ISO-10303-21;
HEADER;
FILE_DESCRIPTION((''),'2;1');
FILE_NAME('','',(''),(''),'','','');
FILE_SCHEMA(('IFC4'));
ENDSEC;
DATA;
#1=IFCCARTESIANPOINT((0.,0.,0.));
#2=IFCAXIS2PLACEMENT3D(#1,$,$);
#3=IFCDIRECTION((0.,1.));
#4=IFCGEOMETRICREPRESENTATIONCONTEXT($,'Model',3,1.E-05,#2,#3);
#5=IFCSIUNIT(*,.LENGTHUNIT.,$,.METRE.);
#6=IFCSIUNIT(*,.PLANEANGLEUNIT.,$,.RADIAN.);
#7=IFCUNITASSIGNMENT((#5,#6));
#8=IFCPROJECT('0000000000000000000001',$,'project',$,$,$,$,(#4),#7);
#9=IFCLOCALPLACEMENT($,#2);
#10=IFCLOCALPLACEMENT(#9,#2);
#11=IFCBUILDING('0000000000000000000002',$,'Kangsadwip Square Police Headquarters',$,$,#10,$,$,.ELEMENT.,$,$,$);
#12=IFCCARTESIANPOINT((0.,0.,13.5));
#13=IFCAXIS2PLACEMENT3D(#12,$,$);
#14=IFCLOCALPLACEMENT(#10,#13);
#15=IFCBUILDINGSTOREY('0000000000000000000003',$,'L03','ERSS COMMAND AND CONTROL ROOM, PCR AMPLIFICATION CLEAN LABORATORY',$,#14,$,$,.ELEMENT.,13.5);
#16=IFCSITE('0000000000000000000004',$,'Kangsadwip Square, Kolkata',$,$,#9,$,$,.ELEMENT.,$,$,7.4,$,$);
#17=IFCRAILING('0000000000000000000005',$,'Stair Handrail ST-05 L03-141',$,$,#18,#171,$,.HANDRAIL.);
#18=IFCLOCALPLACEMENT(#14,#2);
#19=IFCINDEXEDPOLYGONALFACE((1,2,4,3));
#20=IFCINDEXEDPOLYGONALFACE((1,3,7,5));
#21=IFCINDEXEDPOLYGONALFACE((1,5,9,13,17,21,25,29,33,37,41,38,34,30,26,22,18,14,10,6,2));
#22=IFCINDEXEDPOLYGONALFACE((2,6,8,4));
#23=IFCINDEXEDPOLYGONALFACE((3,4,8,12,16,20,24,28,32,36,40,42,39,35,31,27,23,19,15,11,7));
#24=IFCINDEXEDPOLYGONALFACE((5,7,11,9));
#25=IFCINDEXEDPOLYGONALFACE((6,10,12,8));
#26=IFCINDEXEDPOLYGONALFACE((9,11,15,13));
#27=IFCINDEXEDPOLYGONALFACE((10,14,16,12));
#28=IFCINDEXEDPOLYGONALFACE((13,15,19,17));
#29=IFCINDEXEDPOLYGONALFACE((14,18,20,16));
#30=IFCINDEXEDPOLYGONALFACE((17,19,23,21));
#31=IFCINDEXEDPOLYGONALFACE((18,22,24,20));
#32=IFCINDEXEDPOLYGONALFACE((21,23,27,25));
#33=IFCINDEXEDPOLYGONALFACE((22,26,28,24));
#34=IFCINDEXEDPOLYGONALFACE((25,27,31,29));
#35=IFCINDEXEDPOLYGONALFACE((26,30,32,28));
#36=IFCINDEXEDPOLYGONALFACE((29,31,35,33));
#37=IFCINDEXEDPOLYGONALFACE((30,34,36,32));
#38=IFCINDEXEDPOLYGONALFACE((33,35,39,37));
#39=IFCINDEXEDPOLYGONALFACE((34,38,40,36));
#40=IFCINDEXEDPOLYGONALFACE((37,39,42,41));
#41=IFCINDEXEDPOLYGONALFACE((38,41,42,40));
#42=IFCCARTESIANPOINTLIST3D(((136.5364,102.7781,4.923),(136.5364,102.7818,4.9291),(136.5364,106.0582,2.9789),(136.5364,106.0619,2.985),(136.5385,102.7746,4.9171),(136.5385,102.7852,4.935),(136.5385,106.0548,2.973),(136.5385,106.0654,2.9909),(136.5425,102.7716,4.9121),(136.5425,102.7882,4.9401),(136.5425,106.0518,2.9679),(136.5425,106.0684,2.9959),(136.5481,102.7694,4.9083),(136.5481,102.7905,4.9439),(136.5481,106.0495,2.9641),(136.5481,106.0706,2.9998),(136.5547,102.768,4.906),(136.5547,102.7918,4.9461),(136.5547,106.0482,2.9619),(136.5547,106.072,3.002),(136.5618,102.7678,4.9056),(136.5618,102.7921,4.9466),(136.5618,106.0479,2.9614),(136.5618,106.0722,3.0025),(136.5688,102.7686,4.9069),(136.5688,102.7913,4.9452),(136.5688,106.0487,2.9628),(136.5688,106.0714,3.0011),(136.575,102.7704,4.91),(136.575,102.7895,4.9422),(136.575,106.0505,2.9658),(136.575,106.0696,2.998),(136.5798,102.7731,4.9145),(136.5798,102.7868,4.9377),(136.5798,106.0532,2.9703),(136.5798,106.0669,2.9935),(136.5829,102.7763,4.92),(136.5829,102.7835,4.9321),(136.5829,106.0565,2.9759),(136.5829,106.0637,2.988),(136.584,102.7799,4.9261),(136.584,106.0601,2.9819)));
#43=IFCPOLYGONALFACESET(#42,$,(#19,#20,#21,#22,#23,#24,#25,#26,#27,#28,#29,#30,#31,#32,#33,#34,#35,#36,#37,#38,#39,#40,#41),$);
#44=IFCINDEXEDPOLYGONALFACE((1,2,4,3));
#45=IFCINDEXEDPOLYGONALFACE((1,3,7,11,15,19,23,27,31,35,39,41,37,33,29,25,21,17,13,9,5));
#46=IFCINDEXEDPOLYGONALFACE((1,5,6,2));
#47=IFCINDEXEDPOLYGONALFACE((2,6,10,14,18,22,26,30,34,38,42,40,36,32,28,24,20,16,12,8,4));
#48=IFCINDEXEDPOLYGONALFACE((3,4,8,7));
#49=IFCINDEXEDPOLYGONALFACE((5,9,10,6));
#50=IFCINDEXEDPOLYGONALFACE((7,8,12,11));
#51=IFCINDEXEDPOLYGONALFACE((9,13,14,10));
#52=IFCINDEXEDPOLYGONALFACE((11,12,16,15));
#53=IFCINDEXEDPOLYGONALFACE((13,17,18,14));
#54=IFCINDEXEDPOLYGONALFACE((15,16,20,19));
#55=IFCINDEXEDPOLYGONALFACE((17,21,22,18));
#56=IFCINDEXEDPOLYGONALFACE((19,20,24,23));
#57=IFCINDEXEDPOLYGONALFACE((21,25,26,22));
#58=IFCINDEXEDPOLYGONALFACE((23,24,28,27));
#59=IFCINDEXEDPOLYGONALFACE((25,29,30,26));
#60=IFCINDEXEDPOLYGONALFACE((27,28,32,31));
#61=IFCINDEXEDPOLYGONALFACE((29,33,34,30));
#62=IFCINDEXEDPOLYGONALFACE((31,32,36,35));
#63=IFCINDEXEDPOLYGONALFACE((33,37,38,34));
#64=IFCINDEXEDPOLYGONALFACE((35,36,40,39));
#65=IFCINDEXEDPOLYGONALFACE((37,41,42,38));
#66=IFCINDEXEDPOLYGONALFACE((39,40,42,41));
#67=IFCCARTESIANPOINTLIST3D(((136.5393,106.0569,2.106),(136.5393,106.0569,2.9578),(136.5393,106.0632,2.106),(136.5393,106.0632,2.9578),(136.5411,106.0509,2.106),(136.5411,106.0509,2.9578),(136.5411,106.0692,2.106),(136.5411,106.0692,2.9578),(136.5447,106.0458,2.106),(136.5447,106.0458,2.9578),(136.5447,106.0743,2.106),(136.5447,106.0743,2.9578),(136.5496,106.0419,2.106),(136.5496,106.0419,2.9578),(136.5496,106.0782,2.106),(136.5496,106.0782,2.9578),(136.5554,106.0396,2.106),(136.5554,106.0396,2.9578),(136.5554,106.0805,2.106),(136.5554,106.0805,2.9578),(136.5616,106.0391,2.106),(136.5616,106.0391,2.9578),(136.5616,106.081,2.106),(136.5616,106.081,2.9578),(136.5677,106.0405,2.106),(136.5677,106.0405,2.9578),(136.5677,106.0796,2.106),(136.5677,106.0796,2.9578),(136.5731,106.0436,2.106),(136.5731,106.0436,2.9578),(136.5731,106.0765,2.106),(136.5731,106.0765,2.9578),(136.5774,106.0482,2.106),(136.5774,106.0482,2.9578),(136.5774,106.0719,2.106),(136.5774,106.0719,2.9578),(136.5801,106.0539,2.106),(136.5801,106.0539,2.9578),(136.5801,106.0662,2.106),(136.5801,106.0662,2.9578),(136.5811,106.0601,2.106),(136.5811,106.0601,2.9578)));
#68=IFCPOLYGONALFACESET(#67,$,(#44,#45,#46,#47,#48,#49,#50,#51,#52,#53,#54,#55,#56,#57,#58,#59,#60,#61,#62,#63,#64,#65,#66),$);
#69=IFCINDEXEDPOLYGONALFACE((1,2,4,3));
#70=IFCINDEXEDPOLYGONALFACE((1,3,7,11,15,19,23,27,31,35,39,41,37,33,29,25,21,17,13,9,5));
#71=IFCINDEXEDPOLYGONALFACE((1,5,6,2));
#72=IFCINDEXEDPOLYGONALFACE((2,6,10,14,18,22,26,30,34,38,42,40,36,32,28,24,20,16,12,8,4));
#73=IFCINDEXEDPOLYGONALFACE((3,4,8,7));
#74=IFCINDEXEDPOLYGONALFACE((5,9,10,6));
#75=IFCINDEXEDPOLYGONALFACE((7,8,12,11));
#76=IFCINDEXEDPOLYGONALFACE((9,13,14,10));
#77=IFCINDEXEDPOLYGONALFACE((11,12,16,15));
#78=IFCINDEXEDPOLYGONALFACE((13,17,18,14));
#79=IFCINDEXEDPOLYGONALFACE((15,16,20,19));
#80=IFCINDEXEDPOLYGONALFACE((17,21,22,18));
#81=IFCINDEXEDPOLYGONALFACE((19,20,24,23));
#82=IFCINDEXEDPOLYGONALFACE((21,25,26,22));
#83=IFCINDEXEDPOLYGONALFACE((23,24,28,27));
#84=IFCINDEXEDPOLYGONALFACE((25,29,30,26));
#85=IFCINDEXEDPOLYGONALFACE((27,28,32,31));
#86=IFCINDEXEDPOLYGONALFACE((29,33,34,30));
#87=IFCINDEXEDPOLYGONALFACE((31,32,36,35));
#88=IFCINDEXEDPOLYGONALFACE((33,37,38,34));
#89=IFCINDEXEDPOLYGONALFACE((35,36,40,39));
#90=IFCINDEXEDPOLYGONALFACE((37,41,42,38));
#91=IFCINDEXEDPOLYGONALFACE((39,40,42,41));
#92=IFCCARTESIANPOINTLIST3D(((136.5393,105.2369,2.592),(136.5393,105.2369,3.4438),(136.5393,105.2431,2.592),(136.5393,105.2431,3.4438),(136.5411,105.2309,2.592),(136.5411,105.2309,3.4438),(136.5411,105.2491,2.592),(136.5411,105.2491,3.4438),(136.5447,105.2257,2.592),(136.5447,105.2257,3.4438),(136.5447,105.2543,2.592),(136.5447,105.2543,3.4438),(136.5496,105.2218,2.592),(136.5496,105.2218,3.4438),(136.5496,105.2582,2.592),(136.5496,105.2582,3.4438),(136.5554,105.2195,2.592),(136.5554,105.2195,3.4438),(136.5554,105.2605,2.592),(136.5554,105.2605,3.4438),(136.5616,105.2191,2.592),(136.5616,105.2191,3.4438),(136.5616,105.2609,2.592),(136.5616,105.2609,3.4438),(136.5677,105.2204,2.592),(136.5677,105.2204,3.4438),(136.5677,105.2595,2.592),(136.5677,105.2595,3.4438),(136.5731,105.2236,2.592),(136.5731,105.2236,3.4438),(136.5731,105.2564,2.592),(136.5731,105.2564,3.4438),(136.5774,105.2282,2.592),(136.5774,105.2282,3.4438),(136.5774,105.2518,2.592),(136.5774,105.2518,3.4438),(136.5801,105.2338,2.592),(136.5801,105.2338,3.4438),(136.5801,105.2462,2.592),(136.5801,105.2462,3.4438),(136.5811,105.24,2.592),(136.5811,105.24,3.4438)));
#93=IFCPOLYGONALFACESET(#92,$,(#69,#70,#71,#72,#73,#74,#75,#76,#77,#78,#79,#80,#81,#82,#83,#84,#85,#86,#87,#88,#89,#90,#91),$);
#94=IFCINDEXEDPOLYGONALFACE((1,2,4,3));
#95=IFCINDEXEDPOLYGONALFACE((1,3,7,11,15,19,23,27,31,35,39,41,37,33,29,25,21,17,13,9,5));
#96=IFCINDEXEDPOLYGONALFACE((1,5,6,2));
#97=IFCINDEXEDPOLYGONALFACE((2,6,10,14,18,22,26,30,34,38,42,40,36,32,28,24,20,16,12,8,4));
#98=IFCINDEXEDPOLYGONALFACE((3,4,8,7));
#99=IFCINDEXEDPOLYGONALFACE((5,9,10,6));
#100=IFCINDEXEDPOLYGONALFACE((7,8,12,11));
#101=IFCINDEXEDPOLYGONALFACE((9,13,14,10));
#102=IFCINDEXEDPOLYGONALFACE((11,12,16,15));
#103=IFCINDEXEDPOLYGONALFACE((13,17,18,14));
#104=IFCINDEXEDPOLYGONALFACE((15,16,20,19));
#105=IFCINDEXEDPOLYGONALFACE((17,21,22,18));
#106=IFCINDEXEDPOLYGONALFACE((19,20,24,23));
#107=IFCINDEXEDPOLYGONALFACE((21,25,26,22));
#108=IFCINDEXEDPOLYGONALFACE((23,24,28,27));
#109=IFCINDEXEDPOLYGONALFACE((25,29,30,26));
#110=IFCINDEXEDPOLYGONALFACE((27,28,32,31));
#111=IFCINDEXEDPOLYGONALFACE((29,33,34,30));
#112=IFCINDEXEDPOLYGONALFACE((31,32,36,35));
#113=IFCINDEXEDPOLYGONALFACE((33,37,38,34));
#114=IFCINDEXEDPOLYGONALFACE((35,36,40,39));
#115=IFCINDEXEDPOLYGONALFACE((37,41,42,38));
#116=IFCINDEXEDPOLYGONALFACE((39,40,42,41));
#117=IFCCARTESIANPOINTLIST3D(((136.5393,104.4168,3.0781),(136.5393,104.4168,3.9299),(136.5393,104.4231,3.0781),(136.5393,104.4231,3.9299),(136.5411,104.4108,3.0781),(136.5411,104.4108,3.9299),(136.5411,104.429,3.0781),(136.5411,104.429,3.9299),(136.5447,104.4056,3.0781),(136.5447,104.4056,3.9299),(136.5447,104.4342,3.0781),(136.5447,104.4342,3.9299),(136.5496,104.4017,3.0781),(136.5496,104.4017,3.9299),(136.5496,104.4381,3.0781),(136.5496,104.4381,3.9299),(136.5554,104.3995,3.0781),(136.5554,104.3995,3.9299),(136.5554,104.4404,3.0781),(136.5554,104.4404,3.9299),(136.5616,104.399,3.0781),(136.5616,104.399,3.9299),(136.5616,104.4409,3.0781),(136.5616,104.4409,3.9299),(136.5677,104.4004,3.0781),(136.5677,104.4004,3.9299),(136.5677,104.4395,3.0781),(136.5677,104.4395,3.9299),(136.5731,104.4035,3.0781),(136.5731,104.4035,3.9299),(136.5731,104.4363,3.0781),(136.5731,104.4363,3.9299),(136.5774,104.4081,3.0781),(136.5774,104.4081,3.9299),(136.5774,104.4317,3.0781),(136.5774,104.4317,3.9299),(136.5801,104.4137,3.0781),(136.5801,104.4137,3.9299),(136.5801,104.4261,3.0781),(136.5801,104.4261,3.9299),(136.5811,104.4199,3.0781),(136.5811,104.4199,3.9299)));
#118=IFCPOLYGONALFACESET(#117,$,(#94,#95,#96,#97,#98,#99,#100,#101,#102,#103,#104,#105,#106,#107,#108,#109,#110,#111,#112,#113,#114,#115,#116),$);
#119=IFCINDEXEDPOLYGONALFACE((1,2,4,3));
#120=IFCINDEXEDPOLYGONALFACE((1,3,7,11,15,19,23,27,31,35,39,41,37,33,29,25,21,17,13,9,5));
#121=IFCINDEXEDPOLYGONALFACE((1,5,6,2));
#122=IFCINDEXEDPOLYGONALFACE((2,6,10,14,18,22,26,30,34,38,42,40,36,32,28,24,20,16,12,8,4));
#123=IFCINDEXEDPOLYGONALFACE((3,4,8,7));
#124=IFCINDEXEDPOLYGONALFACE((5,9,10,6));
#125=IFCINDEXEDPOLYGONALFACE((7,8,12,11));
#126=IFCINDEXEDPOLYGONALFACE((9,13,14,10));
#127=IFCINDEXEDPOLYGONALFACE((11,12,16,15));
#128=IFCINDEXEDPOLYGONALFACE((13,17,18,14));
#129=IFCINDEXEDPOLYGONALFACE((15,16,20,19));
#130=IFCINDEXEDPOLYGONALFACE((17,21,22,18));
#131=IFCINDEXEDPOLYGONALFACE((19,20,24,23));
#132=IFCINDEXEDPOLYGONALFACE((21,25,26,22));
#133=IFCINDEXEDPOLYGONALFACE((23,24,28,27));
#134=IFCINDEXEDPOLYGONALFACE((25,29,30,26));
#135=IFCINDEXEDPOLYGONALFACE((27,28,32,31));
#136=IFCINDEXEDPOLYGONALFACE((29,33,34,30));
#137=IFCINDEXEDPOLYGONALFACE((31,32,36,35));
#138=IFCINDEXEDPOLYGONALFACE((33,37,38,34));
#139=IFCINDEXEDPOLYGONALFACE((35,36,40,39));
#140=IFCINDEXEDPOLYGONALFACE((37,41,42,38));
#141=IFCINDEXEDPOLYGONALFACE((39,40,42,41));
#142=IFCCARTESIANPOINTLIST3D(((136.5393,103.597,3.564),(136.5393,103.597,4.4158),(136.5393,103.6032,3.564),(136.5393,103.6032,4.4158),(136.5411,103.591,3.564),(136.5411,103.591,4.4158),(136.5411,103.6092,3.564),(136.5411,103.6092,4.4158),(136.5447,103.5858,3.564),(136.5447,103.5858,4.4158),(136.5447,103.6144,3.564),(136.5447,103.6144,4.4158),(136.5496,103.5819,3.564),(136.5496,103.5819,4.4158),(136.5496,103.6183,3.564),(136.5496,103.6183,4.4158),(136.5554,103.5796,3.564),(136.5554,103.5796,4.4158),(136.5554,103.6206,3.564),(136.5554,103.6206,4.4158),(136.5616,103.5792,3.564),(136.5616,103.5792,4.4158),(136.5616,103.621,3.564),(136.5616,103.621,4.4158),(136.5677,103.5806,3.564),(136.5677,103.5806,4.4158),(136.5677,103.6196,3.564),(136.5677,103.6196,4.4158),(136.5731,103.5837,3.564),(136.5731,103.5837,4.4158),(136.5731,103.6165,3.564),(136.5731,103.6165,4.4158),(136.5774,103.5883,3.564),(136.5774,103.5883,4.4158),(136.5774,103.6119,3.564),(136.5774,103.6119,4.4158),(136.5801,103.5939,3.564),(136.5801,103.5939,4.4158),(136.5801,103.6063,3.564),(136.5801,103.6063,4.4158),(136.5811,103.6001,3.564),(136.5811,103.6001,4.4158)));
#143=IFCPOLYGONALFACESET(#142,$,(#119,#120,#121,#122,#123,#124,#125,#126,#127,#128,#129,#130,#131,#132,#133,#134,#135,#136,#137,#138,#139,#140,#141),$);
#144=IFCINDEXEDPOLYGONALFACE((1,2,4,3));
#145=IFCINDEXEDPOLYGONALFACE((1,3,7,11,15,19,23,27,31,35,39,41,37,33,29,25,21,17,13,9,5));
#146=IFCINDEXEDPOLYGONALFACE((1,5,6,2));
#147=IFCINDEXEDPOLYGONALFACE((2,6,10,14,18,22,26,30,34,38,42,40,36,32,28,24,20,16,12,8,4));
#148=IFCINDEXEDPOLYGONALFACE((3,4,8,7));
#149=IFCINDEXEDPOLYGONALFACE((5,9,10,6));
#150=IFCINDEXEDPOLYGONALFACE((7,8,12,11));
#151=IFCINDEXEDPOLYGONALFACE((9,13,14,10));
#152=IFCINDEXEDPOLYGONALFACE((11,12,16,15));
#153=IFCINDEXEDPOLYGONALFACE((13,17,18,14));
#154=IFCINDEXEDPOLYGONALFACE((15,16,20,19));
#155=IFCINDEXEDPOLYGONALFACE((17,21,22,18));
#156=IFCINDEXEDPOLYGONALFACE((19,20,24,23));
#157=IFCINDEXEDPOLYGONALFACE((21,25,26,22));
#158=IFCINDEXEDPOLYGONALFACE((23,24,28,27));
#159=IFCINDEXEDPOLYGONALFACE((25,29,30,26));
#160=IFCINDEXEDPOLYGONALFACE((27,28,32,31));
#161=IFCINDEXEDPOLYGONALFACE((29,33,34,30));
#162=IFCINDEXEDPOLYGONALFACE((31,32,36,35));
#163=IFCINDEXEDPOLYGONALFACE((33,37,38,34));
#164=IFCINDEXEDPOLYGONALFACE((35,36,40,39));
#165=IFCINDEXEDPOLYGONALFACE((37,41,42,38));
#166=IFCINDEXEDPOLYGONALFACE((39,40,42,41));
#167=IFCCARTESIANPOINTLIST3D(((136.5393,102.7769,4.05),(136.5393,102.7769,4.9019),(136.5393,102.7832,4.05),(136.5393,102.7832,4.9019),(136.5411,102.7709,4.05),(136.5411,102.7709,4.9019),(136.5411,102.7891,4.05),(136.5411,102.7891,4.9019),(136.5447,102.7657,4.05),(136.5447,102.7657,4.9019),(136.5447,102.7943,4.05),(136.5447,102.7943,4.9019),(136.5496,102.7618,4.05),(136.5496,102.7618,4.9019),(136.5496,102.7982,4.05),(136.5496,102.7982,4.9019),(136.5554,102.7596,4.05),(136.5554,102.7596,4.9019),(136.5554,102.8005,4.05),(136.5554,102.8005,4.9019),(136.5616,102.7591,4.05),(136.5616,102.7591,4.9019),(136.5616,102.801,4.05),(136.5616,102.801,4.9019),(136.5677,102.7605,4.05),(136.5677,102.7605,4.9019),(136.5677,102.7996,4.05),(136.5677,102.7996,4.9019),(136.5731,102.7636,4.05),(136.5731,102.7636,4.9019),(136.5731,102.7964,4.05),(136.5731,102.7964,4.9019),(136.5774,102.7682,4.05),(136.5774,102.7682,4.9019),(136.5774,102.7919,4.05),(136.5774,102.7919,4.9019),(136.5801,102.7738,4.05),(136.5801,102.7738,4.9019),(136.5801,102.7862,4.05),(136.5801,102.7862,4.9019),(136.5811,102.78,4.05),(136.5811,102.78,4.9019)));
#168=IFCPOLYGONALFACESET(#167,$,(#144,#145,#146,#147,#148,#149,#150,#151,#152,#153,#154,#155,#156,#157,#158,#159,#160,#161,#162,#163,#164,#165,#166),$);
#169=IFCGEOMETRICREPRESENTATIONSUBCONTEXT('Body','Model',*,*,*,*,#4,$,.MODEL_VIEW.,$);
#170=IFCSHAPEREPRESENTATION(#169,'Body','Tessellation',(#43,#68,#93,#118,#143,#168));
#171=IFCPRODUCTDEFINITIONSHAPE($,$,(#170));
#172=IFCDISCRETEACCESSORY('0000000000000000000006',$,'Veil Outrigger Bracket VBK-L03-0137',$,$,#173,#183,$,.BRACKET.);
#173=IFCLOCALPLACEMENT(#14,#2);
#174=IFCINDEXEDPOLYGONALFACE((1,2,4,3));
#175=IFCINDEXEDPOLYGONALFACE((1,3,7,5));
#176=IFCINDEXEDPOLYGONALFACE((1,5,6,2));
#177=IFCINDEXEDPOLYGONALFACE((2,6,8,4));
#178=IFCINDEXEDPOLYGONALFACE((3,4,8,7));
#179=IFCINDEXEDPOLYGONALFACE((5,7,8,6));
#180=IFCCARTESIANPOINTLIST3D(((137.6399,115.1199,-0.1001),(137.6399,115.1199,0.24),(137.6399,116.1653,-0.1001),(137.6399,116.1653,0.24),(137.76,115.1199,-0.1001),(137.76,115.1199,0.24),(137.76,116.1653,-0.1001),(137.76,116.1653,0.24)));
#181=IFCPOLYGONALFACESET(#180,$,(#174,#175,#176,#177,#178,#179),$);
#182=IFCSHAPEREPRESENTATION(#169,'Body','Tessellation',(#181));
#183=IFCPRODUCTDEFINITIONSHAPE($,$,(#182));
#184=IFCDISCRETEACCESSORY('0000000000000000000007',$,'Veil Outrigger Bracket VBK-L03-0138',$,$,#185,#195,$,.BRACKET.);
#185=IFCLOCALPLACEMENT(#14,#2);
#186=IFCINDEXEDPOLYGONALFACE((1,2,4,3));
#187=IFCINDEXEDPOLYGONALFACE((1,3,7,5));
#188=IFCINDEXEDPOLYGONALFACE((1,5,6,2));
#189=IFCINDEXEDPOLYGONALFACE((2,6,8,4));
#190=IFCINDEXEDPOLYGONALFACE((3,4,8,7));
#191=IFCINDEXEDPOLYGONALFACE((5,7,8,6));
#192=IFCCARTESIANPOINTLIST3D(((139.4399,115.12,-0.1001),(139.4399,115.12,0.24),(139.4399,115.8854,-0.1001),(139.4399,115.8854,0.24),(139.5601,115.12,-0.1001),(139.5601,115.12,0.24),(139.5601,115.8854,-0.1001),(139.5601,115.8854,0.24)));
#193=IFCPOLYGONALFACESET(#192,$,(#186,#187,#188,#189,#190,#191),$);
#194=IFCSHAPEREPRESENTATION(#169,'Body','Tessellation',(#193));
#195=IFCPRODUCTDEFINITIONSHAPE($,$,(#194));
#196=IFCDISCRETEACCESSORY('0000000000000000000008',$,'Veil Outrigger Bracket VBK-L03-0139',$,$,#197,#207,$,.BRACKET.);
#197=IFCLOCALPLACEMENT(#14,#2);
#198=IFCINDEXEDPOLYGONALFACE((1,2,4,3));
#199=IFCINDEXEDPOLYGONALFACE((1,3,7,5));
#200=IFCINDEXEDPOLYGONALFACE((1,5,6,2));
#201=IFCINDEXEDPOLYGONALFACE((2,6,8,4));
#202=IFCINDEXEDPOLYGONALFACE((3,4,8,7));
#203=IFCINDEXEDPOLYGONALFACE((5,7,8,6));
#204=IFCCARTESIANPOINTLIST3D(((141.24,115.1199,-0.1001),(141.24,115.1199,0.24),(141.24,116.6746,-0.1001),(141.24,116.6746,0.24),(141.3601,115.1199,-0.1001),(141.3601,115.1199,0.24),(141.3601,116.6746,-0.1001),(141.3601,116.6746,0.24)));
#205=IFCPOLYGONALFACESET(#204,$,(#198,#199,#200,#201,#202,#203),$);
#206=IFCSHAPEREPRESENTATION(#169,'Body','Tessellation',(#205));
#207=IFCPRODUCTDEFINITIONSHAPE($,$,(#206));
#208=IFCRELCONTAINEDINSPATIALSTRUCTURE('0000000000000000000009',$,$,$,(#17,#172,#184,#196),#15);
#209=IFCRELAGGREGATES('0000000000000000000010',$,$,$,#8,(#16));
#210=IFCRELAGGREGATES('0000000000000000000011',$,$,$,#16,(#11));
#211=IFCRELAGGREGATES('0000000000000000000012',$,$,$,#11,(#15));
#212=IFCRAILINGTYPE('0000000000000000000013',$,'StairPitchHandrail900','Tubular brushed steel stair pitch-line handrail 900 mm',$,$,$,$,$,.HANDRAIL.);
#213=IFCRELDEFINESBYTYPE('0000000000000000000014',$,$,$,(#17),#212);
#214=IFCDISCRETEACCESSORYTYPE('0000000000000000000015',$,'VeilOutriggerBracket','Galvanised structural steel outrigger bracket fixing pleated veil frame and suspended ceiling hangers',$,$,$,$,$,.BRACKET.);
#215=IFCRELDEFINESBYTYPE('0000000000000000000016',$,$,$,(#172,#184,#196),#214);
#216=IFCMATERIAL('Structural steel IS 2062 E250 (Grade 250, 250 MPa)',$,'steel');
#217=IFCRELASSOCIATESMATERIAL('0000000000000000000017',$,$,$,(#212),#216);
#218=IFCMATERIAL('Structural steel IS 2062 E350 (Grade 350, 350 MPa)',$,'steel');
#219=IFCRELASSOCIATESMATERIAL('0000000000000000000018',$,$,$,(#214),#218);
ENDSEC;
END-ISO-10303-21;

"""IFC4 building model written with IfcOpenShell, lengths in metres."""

from ifc_helpers import new_model, si_unit, direction, frame, origin, origin_2d, place, context, subcontext, project, spatial, rectangle, circle, extrude, material, type_object, element, save


model = new_model("IFC4")

# Units and contexts
model_context = context("Model", 3, precision=1e-05, world=origin(), true_north=direction((0.0, 1.0)))
body_context = subcontext(model_context, "Body", "Model", "MODEL_VIEW")
ifc_project = project(units=[si_unit("LENGTHUNIT", "METRE"), si_unit("PLANEANGLEUNIT", "RADIAN")], contexts=[model_context])

# Site, building, storey
site_placement = place(None, origin())
site = spatial("IfcSite", under=ifc_project, at=site_placement, Name="Kangsadwip Square, Kolkata", CompositionType="ELEMENT", RefElevation=7.4)
building_placement = place(site_placement, origin())
building = spatial("IfcBuilding", under=site, at=building_placement, Name="Kangsadwip Square Police Headquarters", CompositionType="ELEMENT")
storey_placement = place(building_placement, frame((0.0, 0.0, 13.5)))
storey = spatial("IfcBuildingStorey", under=building, at=storey_placement, Name="L03", Description="ERSS COMMAND AND CONTROL ROOM, PCR AMPLIFICATION CLEAN LABORATORY", CompositionType="ELEMENT", Elevation=13.5)

# Railing
ifc_material_1 = material(Name="Structural steel IS 2062 E250 (Grade 250, 250 MPa)", Category="steel")
railing_type = type_object("IfcRailingType", Name="StairPitchHandrail900", Description="Tubular brushed steel stair pitch-line handrail 900 mm", PredefinedType="HANDRAIL", material=ifc_material_1)
railing_placement = place(storey_placement, frame((136.5601, 106.0601, 2.106)))
element("IfcRailing", 1, at=railing_placement, inside=storey, type_object=railing_type, Name="Stair Handrail ST-05 L03-141", PredefinedType="HANDRAIL", context=body_context, shape_type="SweptSolid", body=[
    extrude(circle(Radius=0.0239, at=origin_2d()), frame((0.0, 0.0, 0.876), z_axis=(0.0, -0.860249, 0.509874), x_axis=(1.0, 0.0, 0.0)), (0.0, 0.0, 1.0), 3.813),
    extrude(circle(Radius=0.021, at=origin_2d()), origin(), (0.0, 0.0, 1.0), 0.8518),
    extrude(circle(Radius=0.021, at=origin_2d()), frame((0.0, -0.8201, 0.4861)), (0.0, 0.0, 1.0), 0.8518),
    extrude(circle(Radius=0.021, at=origin_2d()), frame((0.0, -1.6401, 0.9722)), (0.0, 0.0, 1.0), 0.8518),
    extrude(circle(Radius=0.021, at=origin_2d()), frame((0.0, -2.46, 1.458)), (0.0, 0.0, 1.0), 0.8518),
    extrude(circle(Radius=0.021, at=origin_2d()), frame((0.0, -3.28, 1.9441)), (0.0, 0.0, 1.0), 0.8518),
])

# Discrete accessories
ifc_material_2 = material(Name="Structural steel IS 2062 E350 (Grade 350, 350 MPa)", Category="steel")
discrete_accessory_type = type_object("IfcDiscreteAccessoryType", Name="VeilOutriggerBracket", Description="Galvanised structural steel outrigger bracket fixing pleated veil frame and suspended ceiling hangers", PredefinedType="BRACKET", material=ifc_material_2)
discrete_accessory_1_placement = place(storey_placement, frame((137.7, 115.6426, -0.1001), z_axis=(0.0, 0.0, 1.0), x_axis=(1.0, 0.0, 0.0)))
element("IfcDiscreteAccessory", 2, at=discrete_accessory_1_placement, inside=storey, type_object=discrete_accessory_type, Name="Veil Outrigger Bracket VBK-L03-0137", PredefinedType="BRACKET", context=body_context, shape_type="SweptSolid", body=[
    extrude(rectangle(XDim=0.1201, YDim=1.0454, at=origin_2d()), origin(), (0.0, 0.0, 1.0), 0.3401),
])
discrete_accessory_2_placement = place(storey_placement, frame((139.5, 115.5027, -0.1001), z_axis=(0.0, 0.0, 1.0), x_axis=(1.0, 0.0, 0.0)))
element("IfcDiscreteAccessory", 3, at=discrete_accessory_2_placement, inside=storey, type_object=discrete_accessory_type, Name="Veil Outrigger Bracket VBK-L03-0138", PredefinedType="BRACKET", context=body_context, shape_type="SweptSolid", body=[
    extrude(rectangle(XDim=0.1201, YDim=0.7654, at=origin_2d()), origin(), (0.0, 0.0, 1.0), 0.3401),
])
discrete_accessory_3_placement = place(storey_placement, frame((141.3, 115.8972, -0.1001), z_axis=(0.0, 0.0, 1.0), x_axis=(1.0, 0.0, 0.0)))
element("IfcDiscreteAccessory", 4, at=discrete_accessory_3_placement, inside=storey, type_object=discrete_accessory_type, Name="Veil Outrigger Bracket VBK-L03-0139", PredefinedType="BRACKET", context=body_context, shape_type="SweptSolid", body=[
    extrude(rectangle(XDim=0.1201, YDim=1.5547, at=origin_2d()), origin(), (0.0, 0.0, 1.0), 0.3401),
])

save(model, "model.ifc")
